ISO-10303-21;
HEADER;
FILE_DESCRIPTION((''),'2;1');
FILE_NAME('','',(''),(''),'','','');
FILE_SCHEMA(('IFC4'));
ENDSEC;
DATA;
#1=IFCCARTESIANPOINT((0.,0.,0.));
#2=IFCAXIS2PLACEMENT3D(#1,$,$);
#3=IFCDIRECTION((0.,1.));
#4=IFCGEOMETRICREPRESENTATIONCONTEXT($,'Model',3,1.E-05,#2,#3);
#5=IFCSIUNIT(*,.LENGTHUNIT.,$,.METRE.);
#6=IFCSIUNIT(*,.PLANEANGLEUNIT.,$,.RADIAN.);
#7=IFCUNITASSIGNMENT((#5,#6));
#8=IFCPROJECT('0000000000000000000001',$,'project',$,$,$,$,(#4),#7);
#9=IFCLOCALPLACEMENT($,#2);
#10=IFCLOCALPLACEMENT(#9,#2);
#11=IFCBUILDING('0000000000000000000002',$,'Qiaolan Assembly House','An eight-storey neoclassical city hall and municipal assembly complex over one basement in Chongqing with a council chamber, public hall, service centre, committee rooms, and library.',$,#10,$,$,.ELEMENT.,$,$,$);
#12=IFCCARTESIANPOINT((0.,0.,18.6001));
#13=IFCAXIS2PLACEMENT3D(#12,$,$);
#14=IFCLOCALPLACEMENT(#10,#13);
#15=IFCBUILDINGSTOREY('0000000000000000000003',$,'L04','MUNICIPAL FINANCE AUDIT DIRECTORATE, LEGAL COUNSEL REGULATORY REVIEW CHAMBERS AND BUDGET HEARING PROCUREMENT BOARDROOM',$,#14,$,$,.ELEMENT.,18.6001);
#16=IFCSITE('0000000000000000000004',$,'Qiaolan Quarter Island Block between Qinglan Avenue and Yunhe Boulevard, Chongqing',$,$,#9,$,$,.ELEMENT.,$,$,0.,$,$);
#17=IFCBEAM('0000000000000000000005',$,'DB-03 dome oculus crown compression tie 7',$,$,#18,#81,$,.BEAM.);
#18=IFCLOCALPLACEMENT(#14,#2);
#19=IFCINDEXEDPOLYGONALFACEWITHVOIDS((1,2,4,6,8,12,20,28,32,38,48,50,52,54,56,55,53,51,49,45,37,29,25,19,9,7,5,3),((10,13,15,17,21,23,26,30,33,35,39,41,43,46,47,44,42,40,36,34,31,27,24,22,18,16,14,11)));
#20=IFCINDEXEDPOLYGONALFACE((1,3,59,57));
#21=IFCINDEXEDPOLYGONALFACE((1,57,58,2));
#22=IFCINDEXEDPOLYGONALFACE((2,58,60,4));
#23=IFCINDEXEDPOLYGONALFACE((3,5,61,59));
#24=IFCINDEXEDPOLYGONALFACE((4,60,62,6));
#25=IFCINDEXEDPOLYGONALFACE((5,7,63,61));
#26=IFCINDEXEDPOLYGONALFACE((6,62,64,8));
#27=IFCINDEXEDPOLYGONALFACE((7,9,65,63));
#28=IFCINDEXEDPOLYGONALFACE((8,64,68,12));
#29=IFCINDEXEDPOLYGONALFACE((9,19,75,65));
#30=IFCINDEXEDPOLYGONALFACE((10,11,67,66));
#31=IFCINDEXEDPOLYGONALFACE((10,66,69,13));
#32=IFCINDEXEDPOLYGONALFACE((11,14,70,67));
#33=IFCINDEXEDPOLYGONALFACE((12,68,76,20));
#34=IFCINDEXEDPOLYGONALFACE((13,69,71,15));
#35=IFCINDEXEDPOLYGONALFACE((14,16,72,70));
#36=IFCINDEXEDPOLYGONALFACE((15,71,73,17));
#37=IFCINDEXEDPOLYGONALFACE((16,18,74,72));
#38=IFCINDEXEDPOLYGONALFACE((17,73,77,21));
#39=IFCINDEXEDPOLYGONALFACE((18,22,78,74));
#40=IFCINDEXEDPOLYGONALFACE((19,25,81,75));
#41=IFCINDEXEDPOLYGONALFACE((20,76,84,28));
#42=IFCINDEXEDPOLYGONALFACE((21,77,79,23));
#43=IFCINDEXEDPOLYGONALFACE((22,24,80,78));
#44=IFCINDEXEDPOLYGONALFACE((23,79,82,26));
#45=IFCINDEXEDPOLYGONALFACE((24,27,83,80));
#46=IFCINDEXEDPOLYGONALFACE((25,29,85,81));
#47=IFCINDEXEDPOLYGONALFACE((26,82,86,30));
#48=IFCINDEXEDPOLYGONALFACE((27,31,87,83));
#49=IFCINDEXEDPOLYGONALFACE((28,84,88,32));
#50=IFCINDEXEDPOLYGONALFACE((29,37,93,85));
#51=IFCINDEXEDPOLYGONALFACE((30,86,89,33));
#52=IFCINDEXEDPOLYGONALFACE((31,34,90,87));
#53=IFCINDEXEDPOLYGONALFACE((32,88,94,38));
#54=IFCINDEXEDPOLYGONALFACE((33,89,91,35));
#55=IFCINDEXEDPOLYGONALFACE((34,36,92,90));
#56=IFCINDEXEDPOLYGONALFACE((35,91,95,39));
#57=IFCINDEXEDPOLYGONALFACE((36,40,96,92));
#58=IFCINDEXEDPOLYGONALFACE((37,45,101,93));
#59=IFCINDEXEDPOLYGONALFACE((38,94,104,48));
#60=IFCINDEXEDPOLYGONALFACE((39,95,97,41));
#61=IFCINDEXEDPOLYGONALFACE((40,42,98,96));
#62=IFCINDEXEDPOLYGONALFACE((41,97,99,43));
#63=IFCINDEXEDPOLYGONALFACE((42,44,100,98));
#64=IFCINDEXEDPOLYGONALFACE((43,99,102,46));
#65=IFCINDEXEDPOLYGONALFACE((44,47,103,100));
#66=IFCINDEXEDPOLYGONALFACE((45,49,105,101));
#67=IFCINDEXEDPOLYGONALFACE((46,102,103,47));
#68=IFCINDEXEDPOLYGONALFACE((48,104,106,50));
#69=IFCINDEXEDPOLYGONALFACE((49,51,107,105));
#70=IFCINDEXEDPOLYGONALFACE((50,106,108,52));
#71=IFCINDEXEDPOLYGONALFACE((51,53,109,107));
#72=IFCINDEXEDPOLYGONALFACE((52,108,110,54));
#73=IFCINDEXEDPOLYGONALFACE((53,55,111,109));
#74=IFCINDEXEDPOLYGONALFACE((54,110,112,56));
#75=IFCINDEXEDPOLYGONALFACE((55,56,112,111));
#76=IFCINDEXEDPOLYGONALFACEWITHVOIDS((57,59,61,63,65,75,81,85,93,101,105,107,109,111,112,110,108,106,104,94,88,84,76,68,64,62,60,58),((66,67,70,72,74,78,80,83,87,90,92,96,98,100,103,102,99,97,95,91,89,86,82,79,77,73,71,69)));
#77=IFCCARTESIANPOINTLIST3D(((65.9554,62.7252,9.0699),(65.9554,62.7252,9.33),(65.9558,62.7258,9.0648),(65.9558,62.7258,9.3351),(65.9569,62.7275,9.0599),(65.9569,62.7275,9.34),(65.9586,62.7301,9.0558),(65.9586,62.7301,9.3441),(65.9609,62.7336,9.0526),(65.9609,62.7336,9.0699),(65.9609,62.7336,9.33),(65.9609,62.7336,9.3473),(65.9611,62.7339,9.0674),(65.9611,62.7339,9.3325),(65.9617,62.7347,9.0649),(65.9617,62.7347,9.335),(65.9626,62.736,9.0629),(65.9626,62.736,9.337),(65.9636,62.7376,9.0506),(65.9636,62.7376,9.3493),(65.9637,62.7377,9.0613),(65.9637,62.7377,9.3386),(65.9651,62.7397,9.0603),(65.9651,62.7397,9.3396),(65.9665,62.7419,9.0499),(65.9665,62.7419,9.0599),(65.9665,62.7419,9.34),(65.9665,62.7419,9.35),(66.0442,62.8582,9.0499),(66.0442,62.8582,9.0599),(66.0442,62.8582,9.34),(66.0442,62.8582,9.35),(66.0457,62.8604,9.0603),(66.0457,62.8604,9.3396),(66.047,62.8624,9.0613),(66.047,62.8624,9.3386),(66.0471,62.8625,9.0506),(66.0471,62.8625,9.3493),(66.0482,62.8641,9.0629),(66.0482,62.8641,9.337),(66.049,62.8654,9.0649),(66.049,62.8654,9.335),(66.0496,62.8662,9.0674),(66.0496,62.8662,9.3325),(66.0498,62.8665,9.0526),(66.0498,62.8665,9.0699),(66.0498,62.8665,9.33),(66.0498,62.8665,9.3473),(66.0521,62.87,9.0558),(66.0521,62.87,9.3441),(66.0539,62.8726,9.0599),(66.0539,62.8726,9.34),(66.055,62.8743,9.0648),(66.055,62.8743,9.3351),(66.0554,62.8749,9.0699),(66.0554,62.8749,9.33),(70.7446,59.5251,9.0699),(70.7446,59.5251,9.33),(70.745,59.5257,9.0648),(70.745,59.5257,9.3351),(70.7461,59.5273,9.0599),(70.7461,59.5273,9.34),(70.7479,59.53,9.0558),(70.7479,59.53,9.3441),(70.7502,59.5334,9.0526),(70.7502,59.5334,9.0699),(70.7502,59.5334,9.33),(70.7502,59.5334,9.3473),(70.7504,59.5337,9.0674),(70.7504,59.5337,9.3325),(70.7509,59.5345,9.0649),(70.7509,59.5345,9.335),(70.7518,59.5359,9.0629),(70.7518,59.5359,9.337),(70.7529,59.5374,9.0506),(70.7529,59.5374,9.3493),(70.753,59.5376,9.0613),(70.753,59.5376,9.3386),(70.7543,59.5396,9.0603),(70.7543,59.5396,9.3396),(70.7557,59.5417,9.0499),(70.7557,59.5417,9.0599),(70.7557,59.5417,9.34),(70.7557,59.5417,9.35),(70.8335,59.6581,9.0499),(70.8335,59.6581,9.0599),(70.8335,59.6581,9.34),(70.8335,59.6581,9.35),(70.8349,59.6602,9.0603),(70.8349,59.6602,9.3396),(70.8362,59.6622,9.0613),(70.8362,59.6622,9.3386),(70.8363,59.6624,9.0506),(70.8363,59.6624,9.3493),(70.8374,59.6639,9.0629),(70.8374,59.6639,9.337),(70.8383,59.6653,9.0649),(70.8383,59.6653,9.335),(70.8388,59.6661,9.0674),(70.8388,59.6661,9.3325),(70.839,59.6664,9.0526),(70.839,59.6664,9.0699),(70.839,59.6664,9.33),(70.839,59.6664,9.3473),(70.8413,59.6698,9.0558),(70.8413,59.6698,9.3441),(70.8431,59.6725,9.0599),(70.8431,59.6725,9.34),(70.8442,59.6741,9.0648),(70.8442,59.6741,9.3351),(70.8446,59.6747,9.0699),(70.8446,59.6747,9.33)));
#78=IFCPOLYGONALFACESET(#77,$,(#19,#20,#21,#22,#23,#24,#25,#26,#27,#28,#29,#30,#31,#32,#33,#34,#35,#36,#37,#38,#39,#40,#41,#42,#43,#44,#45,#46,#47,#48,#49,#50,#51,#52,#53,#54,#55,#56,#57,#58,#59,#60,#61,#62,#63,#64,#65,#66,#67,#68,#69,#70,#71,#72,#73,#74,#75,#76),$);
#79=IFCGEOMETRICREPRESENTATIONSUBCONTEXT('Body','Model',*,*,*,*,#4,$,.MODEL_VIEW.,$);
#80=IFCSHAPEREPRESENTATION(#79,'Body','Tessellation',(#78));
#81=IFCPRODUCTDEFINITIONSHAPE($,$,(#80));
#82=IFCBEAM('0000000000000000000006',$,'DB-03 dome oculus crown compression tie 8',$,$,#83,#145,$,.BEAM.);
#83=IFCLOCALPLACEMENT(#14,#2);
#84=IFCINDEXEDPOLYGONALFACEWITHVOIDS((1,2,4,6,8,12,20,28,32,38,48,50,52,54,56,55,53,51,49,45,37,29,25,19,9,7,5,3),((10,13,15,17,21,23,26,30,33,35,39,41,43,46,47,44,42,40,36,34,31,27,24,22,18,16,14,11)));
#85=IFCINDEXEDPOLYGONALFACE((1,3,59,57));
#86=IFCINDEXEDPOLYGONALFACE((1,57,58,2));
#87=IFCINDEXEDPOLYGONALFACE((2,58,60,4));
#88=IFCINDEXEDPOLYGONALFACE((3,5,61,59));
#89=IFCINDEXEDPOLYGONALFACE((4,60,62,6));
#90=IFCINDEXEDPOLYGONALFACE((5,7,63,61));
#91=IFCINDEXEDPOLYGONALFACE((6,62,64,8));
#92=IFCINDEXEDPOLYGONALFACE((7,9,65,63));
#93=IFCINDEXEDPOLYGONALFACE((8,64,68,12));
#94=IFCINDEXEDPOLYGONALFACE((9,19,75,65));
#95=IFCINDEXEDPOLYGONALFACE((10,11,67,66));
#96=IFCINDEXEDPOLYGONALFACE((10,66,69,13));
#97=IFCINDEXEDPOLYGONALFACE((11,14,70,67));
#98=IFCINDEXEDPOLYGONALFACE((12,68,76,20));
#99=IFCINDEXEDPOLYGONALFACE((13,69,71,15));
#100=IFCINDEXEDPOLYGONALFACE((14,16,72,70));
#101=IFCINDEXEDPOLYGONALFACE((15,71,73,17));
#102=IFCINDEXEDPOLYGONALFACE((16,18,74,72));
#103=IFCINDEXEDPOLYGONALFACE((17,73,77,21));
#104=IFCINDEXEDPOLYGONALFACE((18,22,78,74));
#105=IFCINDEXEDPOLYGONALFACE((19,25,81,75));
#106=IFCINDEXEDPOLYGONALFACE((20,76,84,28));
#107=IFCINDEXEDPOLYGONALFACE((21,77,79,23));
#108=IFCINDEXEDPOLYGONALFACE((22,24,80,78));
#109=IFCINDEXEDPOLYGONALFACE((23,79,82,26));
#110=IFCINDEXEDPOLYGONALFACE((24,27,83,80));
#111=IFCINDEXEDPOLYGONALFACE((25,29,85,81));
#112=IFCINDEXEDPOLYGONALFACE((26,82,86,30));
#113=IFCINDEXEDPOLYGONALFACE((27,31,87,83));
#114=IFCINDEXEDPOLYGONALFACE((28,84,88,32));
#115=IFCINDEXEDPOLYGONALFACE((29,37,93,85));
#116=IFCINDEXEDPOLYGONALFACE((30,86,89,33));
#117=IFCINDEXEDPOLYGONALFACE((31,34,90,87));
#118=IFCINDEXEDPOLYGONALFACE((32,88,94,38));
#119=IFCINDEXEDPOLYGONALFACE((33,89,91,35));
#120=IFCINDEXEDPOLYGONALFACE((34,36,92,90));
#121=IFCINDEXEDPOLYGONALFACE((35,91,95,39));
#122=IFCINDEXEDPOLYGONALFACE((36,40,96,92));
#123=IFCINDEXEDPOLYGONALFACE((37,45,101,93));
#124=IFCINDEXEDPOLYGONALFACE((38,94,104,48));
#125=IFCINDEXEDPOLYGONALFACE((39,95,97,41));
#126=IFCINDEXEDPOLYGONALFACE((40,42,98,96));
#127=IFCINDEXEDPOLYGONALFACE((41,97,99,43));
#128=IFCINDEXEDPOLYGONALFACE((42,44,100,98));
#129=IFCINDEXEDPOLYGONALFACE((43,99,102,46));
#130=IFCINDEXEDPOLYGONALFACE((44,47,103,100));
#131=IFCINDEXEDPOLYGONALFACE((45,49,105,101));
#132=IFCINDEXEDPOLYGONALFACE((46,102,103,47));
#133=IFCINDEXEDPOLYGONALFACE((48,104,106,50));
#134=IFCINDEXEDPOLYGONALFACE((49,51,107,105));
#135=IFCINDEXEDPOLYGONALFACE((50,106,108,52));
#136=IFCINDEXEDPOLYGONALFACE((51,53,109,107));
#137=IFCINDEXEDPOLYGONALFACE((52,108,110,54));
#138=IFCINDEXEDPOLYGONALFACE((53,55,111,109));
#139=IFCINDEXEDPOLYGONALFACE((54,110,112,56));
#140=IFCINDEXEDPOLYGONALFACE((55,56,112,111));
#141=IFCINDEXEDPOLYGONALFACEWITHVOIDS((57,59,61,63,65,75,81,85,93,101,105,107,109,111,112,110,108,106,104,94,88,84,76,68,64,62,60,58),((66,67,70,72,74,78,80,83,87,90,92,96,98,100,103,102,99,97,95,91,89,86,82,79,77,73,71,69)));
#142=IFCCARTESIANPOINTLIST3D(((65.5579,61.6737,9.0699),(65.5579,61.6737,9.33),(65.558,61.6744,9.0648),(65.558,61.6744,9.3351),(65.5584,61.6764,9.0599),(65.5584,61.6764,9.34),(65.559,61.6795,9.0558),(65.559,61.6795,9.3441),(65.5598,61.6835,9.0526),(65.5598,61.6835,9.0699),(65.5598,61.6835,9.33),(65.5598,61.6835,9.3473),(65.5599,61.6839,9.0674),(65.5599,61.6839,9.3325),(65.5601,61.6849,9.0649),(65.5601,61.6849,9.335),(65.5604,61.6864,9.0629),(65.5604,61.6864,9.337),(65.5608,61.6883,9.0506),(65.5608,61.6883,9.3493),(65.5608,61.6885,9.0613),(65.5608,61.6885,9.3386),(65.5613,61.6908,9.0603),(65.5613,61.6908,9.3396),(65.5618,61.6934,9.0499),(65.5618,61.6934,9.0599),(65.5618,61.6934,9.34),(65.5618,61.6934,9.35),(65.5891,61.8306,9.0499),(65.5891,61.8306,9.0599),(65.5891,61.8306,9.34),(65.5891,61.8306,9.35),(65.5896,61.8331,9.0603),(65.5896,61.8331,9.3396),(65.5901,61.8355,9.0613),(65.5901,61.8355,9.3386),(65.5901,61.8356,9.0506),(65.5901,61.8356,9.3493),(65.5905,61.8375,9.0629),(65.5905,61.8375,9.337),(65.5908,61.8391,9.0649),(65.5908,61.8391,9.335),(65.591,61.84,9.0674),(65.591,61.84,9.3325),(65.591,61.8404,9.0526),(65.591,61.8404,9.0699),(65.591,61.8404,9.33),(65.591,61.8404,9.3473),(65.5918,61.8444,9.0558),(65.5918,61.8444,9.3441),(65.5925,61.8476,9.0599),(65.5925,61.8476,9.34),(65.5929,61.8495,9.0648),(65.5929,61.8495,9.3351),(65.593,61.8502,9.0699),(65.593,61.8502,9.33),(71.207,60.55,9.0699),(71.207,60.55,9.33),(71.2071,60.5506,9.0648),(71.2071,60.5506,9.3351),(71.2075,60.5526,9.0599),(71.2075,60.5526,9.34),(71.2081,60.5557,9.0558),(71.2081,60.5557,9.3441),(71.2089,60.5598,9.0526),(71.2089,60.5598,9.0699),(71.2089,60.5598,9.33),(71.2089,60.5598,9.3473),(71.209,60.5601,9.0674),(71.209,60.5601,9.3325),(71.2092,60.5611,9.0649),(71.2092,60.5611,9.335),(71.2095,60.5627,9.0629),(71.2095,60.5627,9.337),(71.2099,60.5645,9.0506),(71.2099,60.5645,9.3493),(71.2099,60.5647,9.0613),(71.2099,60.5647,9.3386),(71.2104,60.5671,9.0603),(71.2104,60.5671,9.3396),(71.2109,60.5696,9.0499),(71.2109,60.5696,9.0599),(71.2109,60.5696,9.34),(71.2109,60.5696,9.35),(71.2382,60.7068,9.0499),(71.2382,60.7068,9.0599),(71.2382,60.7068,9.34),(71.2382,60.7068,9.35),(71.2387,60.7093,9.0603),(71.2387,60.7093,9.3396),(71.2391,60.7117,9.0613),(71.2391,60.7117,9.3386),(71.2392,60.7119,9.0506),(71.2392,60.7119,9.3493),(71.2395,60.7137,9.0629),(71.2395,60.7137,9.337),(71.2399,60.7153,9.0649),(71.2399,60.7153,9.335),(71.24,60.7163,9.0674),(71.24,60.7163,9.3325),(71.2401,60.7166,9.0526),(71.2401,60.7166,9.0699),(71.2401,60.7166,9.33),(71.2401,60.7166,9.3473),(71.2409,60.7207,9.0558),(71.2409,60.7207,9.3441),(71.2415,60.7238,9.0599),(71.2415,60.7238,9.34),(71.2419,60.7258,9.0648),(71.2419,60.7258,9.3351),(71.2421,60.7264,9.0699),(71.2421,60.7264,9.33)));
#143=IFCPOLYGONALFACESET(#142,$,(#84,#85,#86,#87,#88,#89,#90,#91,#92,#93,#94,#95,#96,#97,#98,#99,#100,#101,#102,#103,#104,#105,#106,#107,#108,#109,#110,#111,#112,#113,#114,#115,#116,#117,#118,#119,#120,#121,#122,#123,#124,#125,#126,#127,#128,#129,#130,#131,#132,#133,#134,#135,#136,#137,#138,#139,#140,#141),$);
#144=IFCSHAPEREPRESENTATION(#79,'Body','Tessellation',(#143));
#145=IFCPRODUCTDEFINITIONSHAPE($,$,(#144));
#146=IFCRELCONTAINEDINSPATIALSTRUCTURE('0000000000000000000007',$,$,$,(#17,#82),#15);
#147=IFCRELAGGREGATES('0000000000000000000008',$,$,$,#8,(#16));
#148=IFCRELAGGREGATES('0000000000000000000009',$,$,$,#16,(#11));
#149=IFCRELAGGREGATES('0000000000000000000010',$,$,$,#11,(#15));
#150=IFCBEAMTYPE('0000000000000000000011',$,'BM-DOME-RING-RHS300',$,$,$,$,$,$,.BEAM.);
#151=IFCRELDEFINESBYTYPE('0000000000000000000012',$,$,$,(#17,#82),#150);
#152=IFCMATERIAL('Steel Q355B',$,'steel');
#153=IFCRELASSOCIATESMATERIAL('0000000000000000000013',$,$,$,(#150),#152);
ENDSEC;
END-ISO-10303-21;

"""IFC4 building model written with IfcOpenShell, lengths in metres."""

from ifc_helpers import new_model, si_unit, direction, frame, origin, origin_2d, place, context, subcontext, project, spatial, hollow_rectangle, extrude, material, material_profile, profile_set, type_object, element, save


model = new_model("IFC4")

# Units and contexts
model_context = context("Model", 3, precision=1e-05, world=origin(), true_north=direction((0.0, 1.0)))
body_context = subcontext(model_context, "Body", "Model", "MODEL_VIEW")
ifc_project = project(units=[si_unit("LENGTHUNIT", "METRE"), si_unit("PLANEANGLEUNIT", "RADIAN")], contexts=[model_context])

# Site, building, storey
site_placement = place(None, origin())
site = spatial("IfcSite", under=ifc_project, at=site_placement, Name="Qiaolan Quarter Island Block between Qinglan Avenue and Yunhe Boulevard, Chongqing", CompositionType="ELEMENT", RefElevation=0.0)
building_placement = place(site_placement, origin())
building = spatial("IfcBuilding", under=site, at=building_placement, Name="Qiaolan Assembly House", Description="An eight-storey neoclassical city hall and municipal assembly complex over one basement in Chongqing with a council chamber, public hall, service centre, committee rooms, and library.", CompositionType="ELEMENT")
storey_placement = place(building_placement, frame((0.0, 0.0, 18.6001)))
storey = spatial("IfcBuildingStorey", under=building, at=storey_placement, Name="L04", Description="MUNICIPAL FINANCE AUDIT DIRECTORATE, LEGAL COUNSEL REGULATORY REVIEW CHAMBERS AND BUDGET HEARING PROCUREMENT BOARDROOM", CompositionType="ELEMENT", Elevation=18.6001)

# Beams
ifc_material_1 = material(Name="Steel Q355B", Category="steel")
ifc_material_profile_1 = material_profile(ifc_material_1, hollow_rectangle(XDim=0.1799, YDim=0.3, WallThickness=0.01, InnerFilletRadius=0.01, OuterFilletRadius=0.02, at=origin_2d()), Name="RHS 300x180x10")
ifc_profile_set_1 = profile_set([ifc_material_profile_1], Name="Steel Q355B")
beam_type_1 = type_object("IfcBeamType", Name="BM-DOME-RING-RHS300", PredefinedType="BEAM", material=ifc_profile_set_1)
for number, where, z_axis, x_axis, name in (
    (1, (66.0054, 62.8, 9.2), (0.831463, -0.55558, 0.0), (0.55558, 0.831463, 0.0), "DB-03 dome oculus crown compression tie 7"),
):
    element("IfcBeam", number, at=place(storey_placement, frame(where, z_axis=z_axis, x_axis=x_axis)), inside=storey, type_object=beam_type_1, Name=name, PredefinedType="BEAM", context=body_context, shape_type="SweptSolid", body=[
        extrude(hollow_rectangle(XDim=0.1799, YDim=0.3, WallThickness=0.01, InnerFilletRadius=0.01, OuterFilletRadius=0.02, at=origin_2d()), origin(), (0.0, 0.0, 1.0), 5.76),
    ])
beam_1_placement = place(storey_placement, frame((65.5754, 61.762, 9.2), z_axis=(0.980782, -0.195105, 0.0), x_axis=(0.195105, 0.980782, 0.0)))
element("IfcBeam", 2, at=beam_1_placement, inside=storey, type_object=beam_type_1, Name="DB-03 dome oculus crown compression tie 8", PredefinedType="BEAM", context=body_context, shape_type="SweptSolid", body=[
    extrude(hollow_rectangle(XDim=0.1799, YDim=0.3, WallThickness=0.01, InnerFilletRadius=0.01, OuterFilletRadius=0.02, at=origin_2d()), origin(), (0.0, 0.0, 1.0), 5.7598),
])

save(model, "model.ifc")
